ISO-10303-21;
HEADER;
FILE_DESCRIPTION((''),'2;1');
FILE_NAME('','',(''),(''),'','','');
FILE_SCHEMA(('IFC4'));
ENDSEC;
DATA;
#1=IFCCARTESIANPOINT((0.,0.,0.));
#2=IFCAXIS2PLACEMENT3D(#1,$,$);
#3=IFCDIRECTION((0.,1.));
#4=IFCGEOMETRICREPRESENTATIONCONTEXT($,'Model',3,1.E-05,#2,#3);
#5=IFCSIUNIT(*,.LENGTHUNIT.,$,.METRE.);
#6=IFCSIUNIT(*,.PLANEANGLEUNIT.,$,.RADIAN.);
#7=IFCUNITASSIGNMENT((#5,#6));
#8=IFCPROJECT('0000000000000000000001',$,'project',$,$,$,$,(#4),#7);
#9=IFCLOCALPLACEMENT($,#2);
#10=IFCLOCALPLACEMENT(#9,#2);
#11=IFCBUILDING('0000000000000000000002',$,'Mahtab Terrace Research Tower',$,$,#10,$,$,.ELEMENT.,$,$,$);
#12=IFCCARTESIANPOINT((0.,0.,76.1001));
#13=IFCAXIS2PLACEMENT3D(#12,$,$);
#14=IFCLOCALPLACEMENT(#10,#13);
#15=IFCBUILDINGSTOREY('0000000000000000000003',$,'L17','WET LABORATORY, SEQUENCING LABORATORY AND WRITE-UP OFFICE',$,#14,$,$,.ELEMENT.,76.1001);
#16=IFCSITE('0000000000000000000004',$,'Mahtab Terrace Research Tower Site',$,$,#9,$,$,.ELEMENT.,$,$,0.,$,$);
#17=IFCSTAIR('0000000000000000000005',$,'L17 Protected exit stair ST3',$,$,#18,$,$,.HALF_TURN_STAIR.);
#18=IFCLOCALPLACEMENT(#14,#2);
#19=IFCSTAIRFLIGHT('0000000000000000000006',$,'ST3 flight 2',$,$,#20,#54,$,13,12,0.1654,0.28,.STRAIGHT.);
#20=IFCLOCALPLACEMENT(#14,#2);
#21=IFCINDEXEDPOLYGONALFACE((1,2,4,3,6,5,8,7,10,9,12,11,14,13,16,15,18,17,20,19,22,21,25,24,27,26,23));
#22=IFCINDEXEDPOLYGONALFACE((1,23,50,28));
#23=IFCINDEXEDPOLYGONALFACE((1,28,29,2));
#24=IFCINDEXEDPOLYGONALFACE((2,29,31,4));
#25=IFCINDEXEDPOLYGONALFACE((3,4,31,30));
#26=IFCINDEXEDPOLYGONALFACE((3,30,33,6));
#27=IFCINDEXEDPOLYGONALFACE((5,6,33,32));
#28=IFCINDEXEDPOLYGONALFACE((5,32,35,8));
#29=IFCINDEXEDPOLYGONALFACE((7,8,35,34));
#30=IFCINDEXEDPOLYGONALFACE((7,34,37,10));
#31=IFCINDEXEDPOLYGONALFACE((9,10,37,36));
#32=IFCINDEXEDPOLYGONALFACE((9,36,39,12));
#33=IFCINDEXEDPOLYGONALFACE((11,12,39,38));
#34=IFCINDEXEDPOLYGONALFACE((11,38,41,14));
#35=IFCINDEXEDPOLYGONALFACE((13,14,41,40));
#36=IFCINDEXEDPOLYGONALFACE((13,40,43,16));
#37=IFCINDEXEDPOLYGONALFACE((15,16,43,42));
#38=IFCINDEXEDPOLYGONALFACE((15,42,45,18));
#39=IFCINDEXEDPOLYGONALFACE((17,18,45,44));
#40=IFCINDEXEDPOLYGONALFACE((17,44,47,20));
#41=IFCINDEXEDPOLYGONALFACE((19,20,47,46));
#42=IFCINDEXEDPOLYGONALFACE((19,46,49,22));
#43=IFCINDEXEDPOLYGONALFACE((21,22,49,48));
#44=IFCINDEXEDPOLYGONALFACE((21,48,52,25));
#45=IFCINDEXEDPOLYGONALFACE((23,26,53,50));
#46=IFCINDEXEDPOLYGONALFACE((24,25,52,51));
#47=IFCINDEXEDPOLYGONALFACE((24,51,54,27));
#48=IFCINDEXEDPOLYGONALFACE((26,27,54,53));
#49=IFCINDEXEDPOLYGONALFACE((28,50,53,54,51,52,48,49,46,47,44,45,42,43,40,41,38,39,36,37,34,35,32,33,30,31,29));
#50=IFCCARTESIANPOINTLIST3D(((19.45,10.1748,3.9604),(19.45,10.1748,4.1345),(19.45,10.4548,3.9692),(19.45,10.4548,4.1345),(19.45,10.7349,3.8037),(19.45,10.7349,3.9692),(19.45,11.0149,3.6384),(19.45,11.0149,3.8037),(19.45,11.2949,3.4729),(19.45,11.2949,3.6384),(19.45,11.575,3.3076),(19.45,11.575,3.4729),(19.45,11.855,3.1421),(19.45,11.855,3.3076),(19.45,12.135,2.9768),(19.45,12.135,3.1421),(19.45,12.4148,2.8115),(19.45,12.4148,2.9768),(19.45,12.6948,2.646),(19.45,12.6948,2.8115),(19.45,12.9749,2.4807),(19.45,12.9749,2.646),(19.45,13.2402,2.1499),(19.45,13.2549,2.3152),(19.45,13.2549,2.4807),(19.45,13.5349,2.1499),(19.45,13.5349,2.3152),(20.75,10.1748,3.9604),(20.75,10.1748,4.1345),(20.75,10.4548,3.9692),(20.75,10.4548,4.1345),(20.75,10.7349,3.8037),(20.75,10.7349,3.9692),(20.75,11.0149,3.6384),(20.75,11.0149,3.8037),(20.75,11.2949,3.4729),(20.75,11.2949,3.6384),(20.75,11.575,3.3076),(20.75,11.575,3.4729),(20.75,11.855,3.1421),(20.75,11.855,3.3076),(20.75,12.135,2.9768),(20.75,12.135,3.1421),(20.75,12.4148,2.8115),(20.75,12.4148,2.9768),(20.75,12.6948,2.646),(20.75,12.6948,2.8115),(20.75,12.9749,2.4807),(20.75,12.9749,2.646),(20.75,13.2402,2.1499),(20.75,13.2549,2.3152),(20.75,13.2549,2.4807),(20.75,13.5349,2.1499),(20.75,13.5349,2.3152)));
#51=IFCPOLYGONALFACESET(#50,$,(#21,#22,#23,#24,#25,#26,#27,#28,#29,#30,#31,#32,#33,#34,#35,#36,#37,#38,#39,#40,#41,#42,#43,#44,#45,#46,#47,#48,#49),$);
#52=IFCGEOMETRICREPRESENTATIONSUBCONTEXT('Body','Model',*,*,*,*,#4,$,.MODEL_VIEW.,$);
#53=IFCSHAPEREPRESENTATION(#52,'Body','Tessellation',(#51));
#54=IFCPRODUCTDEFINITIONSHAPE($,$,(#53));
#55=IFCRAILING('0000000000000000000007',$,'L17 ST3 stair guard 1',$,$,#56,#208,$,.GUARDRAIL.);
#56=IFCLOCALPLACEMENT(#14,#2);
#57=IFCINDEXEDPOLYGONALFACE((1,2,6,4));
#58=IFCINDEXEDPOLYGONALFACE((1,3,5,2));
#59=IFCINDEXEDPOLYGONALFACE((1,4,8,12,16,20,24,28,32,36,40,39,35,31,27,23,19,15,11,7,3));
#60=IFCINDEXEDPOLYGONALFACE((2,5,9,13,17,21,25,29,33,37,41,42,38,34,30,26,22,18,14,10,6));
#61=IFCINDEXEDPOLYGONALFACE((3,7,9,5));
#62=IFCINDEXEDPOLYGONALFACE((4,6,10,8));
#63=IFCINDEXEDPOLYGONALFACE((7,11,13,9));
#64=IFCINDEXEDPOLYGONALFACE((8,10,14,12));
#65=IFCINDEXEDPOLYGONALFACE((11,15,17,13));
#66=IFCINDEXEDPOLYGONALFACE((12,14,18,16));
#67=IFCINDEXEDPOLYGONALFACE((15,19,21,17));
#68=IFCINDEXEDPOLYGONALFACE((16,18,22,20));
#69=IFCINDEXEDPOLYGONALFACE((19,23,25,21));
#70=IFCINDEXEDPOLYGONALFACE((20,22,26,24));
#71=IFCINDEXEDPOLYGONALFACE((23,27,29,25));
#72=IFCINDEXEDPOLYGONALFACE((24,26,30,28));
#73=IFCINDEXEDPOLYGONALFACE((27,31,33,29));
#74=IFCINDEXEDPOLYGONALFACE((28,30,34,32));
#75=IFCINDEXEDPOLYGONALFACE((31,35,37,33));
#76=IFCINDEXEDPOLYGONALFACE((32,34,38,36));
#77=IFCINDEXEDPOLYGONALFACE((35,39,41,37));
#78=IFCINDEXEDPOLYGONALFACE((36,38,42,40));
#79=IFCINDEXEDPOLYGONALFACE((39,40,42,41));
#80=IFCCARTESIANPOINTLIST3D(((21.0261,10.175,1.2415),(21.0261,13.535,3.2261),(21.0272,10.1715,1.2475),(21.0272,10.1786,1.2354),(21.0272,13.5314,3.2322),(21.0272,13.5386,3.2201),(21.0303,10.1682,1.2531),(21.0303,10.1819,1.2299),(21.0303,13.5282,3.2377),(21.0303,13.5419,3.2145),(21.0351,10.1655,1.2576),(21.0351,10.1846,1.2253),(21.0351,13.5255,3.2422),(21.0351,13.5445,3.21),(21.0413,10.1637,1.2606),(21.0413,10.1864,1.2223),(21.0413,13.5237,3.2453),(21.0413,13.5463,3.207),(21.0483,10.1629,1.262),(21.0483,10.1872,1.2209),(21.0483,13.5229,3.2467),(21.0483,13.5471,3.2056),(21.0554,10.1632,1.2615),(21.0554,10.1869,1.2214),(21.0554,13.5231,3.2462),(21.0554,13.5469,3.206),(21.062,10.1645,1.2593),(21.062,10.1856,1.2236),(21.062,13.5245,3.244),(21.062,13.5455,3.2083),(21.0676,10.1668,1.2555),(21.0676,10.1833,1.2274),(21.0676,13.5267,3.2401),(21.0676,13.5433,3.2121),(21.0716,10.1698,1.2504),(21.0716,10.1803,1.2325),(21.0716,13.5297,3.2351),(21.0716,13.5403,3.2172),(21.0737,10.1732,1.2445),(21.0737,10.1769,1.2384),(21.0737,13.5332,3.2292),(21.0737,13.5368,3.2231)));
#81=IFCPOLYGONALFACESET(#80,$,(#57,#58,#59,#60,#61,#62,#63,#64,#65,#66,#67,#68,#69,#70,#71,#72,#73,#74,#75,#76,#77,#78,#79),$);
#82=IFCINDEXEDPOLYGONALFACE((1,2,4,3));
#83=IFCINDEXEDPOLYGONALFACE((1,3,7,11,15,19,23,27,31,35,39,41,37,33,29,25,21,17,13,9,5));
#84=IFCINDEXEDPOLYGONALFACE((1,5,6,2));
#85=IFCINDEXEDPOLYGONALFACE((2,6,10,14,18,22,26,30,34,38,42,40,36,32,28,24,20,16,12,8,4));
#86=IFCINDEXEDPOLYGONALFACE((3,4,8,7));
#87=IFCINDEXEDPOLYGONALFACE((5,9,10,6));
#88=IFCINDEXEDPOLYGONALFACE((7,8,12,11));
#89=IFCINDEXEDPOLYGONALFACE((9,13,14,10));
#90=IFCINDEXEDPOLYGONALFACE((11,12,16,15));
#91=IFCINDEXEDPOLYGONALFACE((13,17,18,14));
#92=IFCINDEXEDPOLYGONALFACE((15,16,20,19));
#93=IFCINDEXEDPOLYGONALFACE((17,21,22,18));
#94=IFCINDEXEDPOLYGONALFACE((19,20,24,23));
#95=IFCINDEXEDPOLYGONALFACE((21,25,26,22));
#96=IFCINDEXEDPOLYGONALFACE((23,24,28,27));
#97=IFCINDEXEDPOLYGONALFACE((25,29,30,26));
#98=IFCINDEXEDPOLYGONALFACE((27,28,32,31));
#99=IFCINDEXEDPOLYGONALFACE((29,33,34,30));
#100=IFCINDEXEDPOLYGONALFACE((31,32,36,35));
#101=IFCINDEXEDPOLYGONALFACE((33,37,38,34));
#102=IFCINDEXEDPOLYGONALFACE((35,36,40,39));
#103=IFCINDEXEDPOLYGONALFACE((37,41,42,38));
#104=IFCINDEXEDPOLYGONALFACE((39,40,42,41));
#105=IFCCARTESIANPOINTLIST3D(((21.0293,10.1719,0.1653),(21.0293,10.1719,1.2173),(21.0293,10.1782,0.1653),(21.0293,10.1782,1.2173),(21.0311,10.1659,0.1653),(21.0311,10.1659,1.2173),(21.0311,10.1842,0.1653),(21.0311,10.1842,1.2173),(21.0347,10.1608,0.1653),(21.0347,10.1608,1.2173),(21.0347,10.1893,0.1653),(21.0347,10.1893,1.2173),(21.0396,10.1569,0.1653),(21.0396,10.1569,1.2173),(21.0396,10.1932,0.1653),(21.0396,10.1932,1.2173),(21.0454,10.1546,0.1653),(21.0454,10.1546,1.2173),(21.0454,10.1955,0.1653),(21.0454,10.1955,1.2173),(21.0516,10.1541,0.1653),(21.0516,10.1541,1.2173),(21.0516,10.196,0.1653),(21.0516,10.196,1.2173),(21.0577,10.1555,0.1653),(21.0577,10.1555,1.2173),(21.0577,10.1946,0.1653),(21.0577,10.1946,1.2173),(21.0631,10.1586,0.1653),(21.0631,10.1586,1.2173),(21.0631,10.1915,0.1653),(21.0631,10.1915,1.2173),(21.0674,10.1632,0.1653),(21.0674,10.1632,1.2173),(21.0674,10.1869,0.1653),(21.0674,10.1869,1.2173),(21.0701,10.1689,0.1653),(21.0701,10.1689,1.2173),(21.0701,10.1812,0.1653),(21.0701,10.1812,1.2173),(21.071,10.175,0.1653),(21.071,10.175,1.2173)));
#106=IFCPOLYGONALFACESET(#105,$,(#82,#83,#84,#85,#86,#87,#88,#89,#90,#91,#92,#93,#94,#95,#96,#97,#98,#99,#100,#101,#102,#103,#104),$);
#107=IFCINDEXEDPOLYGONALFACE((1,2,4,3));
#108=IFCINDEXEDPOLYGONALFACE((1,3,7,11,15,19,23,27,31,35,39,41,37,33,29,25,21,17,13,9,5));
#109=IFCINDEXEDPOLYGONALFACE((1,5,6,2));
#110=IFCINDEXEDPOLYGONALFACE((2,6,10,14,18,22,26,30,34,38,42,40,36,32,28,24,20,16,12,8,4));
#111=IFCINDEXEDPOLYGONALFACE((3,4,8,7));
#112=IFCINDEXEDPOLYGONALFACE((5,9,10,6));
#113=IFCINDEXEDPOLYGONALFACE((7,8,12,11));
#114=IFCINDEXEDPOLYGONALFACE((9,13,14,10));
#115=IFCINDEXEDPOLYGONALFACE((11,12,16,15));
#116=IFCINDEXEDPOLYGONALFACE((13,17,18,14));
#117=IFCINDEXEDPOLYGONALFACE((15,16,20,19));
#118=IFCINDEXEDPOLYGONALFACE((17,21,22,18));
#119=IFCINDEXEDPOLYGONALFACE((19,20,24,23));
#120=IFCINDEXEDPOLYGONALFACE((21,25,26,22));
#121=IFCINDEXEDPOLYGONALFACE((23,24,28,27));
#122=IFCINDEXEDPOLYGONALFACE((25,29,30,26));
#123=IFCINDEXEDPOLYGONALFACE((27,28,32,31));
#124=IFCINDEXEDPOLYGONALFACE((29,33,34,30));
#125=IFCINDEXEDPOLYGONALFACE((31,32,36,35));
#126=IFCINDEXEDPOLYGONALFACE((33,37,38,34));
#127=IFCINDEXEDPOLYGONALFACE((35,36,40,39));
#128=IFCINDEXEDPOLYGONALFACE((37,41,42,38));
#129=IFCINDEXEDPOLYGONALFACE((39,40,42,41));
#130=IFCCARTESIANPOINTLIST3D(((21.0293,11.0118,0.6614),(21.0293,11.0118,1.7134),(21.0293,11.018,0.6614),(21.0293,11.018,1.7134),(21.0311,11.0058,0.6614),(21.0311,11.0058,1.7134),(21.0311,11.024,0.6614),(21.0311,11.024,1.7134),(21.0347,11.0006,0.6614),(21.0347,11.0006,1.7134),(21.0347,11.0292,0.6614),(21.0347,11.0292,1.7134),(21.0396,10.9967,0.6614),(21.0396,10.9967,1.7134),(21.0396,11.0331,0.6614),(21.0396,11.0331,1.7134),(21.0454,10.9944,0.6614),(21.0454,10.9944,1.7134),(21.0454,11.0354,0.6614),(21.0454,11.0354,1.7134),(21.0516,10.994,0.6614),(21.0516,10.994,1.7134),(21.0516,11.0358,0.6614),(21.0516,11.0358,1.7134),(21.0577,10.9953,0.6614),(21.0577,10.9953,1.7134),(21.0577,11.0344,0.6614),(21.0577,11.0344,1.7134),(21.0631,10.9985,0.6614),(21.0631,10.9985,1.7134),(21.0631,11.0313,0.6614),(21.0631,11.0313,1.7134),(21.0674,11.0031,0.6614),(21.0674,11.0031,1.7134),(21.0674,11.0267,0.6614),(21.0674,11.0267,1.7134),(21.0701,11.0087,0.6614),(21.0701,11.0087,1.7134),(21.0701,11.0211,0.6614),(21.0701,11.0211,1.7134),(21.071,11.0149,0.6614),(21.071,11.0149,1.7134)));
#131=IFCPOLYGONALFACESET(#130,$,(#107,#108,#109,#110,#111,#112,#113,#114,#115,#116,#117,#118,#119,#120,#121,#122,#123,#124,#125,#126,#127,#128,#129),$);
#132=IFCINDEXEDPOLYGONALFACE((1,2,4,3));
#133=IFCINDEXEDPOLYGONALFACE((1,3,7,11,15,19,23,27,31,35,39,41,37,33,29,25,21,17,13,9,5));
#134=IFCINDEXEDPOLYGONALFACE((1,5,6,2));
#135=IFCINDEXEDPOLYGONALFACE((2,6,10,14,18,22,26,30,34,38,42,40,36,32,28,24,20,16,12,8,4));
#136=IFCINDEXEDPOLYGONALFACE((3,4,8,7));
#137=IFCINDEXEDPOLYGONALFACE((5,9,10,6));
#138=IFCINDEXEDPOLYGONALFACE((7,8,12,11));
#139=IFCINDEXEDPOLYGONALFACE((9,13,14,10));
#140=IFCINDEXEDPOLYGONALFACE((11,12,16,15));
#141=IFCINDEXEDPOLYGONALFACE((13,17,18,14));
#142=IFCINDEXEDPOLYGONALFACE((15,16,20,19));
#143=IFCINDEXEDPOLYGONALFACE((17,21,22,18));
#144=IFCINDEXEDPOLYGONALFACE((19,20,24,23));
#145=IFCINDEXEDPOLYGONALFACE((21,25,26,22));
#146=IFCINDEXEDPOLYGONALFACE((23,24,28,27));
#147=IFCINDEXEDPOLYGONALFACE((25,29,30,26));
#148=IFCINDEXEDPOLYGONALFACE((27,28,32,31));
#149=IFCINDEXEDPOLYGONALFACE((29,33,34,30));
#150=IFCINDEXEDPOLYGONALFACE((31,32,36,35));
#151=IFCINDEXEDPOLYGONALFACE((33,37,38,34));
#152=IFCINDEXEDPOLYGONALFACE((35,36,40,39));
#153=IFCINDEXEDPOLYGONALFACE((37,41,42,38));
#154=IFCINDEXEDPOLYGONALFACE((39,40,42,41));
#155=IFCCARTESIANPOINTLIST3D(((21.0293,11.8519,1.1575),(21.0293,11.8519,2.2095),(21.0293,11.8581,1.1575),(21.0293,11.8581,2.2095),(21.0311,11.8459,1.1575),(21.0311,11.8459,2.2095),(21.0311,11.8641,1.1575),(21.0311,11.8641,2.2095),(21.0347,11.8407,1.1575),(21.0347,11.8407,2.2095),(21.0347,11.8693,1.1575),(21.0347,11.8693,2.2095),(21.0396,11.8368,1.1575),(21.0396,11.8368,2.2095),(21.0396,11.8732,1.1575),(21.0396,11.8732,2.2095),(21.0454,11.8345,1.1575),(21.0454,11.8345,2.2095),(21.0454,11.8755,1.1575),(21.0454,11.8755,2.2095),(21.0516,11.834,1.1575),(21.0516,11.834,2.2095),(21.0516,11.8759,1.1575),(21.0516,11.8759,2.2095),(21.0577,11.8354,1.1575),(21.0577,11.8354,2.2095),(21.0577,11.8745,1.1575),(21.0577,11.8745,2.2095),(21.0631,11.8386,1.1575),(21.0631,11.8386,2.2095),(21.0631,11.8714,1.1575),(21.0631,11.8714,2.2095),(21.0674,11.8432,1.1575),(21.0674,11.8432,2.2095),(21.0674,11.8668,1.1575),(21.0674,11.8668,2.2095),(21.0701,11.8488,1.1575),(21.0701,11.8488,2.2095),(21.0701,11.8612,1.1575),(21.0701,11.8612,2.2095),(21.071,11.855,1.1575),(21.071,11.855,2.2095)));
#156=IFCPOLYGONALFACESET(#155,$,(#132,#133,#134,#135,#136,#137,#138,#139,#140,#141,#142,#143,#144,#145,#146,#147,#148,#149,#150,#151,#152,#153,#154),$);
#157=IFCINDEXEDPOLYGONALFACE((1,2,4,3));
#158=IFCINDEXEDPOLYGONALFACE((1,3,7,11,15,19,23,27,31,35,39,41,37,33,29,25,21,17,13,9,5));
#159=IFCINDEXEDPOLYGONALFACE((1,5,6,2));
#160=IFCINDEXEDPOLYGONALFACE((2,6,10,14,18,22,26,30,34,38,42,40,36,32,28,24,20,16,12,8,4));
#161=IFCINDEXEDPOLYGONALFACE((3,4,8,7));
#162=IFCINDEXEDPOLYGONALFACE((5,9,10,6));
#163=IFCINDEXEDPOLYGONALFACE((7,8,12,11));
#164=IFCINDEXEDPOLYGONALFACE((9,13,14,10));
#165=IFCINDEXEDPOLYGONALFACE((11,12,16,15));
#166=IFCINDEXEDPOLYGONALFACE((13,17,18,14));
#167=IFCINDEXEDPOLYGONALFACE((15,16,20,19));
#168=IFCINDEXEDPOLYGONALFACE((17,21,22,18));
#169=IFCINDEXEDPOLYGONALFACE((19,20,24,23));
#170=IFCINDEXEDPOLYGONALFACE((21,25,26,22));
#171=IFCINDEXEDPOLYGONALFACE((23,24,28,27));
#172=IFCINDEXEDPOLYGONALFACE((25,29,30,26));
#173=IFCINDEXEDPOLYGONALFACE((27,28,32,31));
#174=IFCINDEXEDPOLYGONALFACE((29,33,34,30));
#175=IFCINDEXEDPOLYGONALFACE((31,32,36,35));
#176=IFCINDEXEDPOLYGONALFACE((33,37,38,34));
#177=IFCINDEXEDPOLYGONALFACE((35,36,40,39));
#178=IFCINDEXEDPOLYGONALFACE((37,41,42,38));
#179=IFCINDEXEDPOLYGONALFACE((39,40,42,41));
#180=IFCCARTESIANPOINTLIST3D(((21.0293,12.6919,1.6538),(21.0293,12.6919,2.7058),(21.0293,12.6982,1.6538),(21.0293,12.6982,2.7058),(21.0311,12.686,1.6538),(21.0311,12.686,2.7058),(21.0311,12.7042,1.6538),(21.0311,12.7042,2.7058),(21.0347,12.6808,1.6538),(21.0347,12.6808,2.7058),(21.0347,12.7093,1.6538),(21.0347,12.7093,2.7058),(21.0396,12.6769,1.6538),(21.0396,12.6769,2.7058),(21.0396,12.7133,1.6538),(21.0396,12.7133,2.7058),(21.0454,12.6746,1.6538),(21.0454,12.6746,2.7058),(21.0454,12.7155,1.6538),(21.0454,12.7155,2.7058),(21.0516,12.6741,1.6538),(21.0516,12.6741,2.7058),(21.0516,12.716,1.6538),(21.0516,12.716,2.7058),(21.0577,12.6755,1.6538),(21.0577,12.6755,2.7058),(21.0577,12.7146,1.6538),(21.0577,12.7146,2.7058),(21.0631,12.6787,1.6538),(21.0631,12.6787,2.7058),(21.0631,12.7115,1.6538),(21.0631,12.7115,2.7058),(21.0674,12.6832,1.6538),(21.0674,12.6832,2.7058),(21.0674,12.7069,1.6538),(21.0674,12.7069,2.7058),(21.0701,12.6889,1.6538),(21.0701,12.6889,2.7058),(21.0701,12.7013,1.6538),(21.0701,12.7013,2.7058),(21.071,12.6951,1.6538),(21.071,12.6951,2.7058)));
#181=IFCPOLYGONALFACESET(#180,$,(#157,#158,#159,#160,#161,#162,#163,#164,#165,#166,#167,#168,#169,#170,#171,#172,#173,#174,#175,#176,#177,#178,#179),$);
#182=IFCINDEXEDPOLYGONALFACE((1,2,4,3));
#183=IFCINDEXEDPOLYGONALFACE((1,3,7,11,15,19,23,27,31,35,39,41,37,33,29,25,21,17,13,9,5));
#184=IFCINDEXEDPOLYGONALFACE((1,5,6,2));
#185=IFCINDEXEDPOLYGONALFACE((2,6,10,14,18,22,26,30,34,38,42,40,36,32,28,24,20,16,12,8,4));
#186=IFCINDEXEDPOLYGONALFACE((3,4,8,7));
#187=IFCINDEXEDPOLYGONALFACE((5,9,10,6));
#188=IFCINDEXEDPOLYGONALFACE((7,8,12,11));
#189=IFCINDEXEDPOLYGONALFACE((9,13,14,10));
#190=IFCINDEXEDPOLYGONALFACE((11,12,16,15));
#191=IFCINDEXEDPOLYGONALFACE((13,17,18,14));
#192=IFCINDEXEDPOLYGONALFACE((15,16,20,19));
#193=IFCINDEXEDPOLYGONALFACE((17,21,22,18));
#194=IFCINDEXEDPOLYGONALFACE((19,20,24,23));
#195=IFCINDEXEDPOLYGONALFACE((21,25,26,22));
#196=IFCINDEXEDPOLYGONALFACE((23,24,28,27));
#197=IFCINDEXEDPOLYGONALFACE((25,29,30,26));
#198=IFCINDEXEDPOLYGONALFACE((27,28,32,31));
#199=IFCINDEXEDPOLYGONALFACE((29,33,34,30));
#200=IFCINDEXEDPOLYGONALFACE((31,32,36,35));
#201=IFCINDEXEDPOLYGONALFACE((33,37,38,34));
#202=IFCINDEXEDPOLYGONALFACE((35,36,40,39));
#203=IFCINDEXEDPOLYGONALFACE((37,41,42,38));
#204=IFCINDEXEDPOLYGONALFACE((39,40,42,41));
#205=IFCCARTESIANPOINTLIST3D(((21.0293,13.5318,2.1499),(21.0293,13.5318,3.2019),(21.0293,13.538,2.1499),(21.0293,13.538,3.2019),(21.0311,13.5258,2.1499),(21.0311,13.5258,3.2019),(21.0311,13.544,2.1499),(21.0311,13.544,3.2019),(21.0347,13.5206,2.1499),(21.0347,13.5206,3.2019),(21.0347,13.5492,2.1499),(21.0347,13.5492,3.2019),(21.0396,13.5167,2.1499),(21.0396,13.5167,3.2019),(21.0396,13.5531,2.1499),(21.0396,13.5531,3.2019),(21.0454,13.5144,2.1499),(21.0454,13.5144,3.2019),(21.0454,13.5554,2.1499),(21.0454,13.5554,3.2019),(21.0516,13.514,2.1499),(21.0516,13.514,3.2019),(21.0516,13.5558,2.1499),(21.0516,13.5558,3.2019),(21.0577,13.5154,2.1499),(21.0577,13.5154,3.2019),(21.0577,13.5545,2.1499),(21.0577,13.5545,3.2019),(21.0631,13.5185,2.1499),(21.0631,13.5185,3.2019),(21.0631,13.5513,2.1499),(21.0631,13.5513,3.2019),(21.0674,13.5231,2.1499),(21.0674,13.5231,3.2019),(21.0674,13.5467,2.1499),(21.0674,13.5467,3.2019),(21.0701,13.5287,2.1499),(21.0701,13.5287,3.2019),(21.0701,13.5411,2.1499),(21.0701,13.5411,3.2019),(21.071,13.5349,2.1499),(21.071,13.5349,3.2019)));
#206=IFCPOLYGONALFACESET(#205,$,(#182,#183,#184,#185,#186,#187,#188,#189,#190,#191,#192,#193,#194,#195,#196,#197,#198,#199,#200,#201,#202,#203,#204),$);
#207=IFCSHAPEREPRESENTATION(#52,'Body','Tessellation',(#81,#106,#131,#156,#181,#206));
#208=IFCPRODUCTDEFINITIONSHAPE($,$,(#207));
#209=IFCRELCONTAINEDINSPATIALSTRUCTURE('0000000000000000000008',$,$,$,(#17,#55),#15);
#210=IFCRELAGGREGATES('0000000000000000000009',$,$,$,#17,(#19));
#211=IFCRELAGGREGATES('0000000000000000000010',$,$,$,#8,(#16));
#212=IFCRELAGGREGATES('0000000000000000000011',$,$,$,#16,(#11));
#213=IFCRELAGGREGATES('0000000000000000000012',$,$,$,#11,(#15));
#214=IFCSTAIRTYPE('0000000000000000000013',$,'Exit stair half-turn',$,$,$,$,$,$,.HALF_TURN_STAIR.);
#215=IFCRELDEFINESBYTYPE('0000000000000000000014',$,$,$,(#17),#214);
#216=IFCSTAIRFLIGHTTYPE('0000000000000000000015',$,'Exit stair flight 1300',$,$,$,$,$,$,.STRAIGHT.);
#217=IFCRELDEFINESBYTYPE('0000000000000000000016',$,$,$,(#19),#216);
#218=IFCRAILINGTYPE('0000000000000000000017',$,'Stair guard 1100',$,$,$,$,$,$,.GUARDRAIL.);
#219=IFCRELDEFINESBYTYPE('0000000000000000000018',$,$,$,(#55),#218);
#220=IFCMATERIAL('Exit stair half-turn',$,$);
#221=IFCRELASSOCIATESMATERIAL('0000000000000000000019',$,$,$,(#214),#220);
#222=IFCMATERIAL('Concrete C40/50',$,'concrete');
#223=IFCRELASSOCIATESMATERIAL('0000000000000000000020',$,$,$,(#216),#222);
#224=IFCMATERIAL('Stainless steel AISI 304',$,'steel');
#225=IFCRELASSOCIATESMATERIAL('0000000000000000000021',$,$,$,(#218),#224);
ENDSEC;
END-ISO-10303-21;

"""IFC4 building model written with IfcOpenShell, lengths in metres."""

from ifc_helpers import new_model, si_unit, direction, frame, origin, origin_2d, place, context, subcontext, project, spatial, polyline, circle, outline, extrude, material, type_object, element, aggregate, save


model = new_model("IFC4")

# Units and contexts
model_context = context("Model", 3, precision=1e-05, world=origin(), true_north=direction((0.0, 1.0)))
body_context = subcontext(model_context, "Body", "Model", "MODEL_VIEW")
ifc_project = project(units=[si_unit("LENGTHUNIT", "METRE"), si_unit("PLANEANGLEUNIT", "RADIAN")], contexts=[model_context])

# Site, building, storey
site_placement = place(None, origin())
site = spatial("IfcSite", under=ifc_project, at=site_placement, Name="Mahtab Terrace Research Tower Site", CompositionType="ELEMENT", RefElevation=0.0)
building_placement = place(site_placement, origin())
building = spatial("IfcBuilding", under=site, at=building_placement, Name="Mahtab Terrace Research Tower", CompositionType="ELEMENT")
storey_placement = place(building_placement, frame((0.0, 0.0, 76.1001)))
storey = spatial("IfcBuildingStorey", under=building, at=storey_placement, Name="L17", Description="WET LABORATORY, SEQUENCING LABORATORY AND WRITE-UP OFFICE", CompositionType="ELEMENT", Elevation=76.1001)

# Stair, stair flight
ifc_material_1 = material(Name="Exit stair half-turn")
stair_type = type_object("IfcStairType", Name="Exit stair half-turn", PredefinedType="HALF_TURN_STAIR", material=ifc_material_1)
stair_placement = place(storey_placement, origin())
stair = element("IfcStair", 1, at=stair_placement, inside=storey, type_object=stair_type, Name="L17 Protected exit stair ST3", PredefinedType="HALF_TURN_STAIR")
ifc_material_2 = material(Name="Concrete C40/50", Category="concrete")
stair_flight_type = type_object("IfcStairFlightType", Name="Exit stair flight 1300", PredefinedType="STRAIGHT", material=ifc_material_2)
stair_flight_1_placement = place(storey_placement, frame((20.1001, 13.5349, 2.1499), z_axis=(0.0, 0.0, 1.0), x_axis=(0.0, -1.0, 0.0)))
stair_flight_1 = element("IfcStairFlight", 2, at=stair_flight_1_placement, type_object=stair_flight_type, Name="ST3 flight 2", NumberOfRisers=13, NumberOfTreads=12, PredefinedType="STRAIGHT", RiserHeight=0.1654, TreadLength=0.28, context=body_context, shape_type="SweptSolid", body=[
    extrude(outline(polyline([(0.0, 0.0), (0.0, 0.1653), (0.28, 0.1653), (0.28, 0.3308), (0.5601, 0.3308), (0.5601, 0.4961), (0.8401, 0.4961), (0.8401, 0.6616), (1.1201, 0.6616), (1.1201, 0.8269), (1.3999, 0.8269), (1.3999, 0.9922), (1.6799, 0.9922), (1.6799, 1.1577), (1.96, 1.1577), (1.96, 1.323), (2.24, 1.323), (2.24, 1.4885), (2.52, 1.4885), (2.52, 1.6538), (2.8, 1.6538), (2.8, 1.8193), (3.0801, 1.8193), (3.0801, 1.9846), (3.3601, 1.9846), (3.3601, 2.1499), (3.3601, 1.8105), (0.2947, 0.0), (0.0, 0.0)])), frame((0.0, 0.6499, 0.0), z_axis=(0.0, -1.0, 0.0), x_axis=(1.0, 0.0, 0.0)), (0.0, 0.0, 1.0), 1.3),
])
aggregate(stair, [stair_flight_1])

# Railing
ifc_material_3 = material(Name="Stainless steel AISI 304", Category="steel")
railing_type_1 = type_object("IfcRailingType", Name="Stair guard 1100", PredefinedType="GUARDRAIL", material=ifc_material_3)
railing_1_placement = place(storey_placement, frame((21.05, 10.175, 0.1653)))
element("IfcRailing", 3, at=railing_1_placement, inside=storey, type_object=railing_type_1, Name="L17 ST3 stair guard 1", PredefinedType="GUARDRAIL", context=body_context, shape_type="SweptSolid", body=[
    extrude(circle(Radius=0.0239, at=origin_2d()), frame((0.0, 0.0, 1.0762), z_axis=(0.0, 0.861011, 0.508586), x_axis=(-1.0, 0.0, 0.0)), (0.0, 0.0, 1.0), 3.9023),
    extrude(circle(Radius=0.021, at=origin_2d()), origin(), (0.0, 0.0, 1.0), 1.052),
    extrude(circle(Radius=0.021, at=origin_2d()), frame((0.0, 0.8398, 0.4961)), (0.0, 0.0, 1.0), 1.052),
    extrude(circle(Radius=0.021, at=origin_2d()), frame((0.0, 1.6799, 0.9922)), (0.0, 0.0, 1.0), 1.052),
    extrude(circle(Radius=0.021, at=origin_2d()), frame((0.0, 2.52, 1.4885)), (0.0, 0.0, 1.0), 1.052),
    extrude(circle(Radius=0.021, at=origin_2d()), frame((0.0, 3.3599, 1.9846)), (0.0, 0.0, 1.0), 1.052),
])

save(model, "model.ifc")
